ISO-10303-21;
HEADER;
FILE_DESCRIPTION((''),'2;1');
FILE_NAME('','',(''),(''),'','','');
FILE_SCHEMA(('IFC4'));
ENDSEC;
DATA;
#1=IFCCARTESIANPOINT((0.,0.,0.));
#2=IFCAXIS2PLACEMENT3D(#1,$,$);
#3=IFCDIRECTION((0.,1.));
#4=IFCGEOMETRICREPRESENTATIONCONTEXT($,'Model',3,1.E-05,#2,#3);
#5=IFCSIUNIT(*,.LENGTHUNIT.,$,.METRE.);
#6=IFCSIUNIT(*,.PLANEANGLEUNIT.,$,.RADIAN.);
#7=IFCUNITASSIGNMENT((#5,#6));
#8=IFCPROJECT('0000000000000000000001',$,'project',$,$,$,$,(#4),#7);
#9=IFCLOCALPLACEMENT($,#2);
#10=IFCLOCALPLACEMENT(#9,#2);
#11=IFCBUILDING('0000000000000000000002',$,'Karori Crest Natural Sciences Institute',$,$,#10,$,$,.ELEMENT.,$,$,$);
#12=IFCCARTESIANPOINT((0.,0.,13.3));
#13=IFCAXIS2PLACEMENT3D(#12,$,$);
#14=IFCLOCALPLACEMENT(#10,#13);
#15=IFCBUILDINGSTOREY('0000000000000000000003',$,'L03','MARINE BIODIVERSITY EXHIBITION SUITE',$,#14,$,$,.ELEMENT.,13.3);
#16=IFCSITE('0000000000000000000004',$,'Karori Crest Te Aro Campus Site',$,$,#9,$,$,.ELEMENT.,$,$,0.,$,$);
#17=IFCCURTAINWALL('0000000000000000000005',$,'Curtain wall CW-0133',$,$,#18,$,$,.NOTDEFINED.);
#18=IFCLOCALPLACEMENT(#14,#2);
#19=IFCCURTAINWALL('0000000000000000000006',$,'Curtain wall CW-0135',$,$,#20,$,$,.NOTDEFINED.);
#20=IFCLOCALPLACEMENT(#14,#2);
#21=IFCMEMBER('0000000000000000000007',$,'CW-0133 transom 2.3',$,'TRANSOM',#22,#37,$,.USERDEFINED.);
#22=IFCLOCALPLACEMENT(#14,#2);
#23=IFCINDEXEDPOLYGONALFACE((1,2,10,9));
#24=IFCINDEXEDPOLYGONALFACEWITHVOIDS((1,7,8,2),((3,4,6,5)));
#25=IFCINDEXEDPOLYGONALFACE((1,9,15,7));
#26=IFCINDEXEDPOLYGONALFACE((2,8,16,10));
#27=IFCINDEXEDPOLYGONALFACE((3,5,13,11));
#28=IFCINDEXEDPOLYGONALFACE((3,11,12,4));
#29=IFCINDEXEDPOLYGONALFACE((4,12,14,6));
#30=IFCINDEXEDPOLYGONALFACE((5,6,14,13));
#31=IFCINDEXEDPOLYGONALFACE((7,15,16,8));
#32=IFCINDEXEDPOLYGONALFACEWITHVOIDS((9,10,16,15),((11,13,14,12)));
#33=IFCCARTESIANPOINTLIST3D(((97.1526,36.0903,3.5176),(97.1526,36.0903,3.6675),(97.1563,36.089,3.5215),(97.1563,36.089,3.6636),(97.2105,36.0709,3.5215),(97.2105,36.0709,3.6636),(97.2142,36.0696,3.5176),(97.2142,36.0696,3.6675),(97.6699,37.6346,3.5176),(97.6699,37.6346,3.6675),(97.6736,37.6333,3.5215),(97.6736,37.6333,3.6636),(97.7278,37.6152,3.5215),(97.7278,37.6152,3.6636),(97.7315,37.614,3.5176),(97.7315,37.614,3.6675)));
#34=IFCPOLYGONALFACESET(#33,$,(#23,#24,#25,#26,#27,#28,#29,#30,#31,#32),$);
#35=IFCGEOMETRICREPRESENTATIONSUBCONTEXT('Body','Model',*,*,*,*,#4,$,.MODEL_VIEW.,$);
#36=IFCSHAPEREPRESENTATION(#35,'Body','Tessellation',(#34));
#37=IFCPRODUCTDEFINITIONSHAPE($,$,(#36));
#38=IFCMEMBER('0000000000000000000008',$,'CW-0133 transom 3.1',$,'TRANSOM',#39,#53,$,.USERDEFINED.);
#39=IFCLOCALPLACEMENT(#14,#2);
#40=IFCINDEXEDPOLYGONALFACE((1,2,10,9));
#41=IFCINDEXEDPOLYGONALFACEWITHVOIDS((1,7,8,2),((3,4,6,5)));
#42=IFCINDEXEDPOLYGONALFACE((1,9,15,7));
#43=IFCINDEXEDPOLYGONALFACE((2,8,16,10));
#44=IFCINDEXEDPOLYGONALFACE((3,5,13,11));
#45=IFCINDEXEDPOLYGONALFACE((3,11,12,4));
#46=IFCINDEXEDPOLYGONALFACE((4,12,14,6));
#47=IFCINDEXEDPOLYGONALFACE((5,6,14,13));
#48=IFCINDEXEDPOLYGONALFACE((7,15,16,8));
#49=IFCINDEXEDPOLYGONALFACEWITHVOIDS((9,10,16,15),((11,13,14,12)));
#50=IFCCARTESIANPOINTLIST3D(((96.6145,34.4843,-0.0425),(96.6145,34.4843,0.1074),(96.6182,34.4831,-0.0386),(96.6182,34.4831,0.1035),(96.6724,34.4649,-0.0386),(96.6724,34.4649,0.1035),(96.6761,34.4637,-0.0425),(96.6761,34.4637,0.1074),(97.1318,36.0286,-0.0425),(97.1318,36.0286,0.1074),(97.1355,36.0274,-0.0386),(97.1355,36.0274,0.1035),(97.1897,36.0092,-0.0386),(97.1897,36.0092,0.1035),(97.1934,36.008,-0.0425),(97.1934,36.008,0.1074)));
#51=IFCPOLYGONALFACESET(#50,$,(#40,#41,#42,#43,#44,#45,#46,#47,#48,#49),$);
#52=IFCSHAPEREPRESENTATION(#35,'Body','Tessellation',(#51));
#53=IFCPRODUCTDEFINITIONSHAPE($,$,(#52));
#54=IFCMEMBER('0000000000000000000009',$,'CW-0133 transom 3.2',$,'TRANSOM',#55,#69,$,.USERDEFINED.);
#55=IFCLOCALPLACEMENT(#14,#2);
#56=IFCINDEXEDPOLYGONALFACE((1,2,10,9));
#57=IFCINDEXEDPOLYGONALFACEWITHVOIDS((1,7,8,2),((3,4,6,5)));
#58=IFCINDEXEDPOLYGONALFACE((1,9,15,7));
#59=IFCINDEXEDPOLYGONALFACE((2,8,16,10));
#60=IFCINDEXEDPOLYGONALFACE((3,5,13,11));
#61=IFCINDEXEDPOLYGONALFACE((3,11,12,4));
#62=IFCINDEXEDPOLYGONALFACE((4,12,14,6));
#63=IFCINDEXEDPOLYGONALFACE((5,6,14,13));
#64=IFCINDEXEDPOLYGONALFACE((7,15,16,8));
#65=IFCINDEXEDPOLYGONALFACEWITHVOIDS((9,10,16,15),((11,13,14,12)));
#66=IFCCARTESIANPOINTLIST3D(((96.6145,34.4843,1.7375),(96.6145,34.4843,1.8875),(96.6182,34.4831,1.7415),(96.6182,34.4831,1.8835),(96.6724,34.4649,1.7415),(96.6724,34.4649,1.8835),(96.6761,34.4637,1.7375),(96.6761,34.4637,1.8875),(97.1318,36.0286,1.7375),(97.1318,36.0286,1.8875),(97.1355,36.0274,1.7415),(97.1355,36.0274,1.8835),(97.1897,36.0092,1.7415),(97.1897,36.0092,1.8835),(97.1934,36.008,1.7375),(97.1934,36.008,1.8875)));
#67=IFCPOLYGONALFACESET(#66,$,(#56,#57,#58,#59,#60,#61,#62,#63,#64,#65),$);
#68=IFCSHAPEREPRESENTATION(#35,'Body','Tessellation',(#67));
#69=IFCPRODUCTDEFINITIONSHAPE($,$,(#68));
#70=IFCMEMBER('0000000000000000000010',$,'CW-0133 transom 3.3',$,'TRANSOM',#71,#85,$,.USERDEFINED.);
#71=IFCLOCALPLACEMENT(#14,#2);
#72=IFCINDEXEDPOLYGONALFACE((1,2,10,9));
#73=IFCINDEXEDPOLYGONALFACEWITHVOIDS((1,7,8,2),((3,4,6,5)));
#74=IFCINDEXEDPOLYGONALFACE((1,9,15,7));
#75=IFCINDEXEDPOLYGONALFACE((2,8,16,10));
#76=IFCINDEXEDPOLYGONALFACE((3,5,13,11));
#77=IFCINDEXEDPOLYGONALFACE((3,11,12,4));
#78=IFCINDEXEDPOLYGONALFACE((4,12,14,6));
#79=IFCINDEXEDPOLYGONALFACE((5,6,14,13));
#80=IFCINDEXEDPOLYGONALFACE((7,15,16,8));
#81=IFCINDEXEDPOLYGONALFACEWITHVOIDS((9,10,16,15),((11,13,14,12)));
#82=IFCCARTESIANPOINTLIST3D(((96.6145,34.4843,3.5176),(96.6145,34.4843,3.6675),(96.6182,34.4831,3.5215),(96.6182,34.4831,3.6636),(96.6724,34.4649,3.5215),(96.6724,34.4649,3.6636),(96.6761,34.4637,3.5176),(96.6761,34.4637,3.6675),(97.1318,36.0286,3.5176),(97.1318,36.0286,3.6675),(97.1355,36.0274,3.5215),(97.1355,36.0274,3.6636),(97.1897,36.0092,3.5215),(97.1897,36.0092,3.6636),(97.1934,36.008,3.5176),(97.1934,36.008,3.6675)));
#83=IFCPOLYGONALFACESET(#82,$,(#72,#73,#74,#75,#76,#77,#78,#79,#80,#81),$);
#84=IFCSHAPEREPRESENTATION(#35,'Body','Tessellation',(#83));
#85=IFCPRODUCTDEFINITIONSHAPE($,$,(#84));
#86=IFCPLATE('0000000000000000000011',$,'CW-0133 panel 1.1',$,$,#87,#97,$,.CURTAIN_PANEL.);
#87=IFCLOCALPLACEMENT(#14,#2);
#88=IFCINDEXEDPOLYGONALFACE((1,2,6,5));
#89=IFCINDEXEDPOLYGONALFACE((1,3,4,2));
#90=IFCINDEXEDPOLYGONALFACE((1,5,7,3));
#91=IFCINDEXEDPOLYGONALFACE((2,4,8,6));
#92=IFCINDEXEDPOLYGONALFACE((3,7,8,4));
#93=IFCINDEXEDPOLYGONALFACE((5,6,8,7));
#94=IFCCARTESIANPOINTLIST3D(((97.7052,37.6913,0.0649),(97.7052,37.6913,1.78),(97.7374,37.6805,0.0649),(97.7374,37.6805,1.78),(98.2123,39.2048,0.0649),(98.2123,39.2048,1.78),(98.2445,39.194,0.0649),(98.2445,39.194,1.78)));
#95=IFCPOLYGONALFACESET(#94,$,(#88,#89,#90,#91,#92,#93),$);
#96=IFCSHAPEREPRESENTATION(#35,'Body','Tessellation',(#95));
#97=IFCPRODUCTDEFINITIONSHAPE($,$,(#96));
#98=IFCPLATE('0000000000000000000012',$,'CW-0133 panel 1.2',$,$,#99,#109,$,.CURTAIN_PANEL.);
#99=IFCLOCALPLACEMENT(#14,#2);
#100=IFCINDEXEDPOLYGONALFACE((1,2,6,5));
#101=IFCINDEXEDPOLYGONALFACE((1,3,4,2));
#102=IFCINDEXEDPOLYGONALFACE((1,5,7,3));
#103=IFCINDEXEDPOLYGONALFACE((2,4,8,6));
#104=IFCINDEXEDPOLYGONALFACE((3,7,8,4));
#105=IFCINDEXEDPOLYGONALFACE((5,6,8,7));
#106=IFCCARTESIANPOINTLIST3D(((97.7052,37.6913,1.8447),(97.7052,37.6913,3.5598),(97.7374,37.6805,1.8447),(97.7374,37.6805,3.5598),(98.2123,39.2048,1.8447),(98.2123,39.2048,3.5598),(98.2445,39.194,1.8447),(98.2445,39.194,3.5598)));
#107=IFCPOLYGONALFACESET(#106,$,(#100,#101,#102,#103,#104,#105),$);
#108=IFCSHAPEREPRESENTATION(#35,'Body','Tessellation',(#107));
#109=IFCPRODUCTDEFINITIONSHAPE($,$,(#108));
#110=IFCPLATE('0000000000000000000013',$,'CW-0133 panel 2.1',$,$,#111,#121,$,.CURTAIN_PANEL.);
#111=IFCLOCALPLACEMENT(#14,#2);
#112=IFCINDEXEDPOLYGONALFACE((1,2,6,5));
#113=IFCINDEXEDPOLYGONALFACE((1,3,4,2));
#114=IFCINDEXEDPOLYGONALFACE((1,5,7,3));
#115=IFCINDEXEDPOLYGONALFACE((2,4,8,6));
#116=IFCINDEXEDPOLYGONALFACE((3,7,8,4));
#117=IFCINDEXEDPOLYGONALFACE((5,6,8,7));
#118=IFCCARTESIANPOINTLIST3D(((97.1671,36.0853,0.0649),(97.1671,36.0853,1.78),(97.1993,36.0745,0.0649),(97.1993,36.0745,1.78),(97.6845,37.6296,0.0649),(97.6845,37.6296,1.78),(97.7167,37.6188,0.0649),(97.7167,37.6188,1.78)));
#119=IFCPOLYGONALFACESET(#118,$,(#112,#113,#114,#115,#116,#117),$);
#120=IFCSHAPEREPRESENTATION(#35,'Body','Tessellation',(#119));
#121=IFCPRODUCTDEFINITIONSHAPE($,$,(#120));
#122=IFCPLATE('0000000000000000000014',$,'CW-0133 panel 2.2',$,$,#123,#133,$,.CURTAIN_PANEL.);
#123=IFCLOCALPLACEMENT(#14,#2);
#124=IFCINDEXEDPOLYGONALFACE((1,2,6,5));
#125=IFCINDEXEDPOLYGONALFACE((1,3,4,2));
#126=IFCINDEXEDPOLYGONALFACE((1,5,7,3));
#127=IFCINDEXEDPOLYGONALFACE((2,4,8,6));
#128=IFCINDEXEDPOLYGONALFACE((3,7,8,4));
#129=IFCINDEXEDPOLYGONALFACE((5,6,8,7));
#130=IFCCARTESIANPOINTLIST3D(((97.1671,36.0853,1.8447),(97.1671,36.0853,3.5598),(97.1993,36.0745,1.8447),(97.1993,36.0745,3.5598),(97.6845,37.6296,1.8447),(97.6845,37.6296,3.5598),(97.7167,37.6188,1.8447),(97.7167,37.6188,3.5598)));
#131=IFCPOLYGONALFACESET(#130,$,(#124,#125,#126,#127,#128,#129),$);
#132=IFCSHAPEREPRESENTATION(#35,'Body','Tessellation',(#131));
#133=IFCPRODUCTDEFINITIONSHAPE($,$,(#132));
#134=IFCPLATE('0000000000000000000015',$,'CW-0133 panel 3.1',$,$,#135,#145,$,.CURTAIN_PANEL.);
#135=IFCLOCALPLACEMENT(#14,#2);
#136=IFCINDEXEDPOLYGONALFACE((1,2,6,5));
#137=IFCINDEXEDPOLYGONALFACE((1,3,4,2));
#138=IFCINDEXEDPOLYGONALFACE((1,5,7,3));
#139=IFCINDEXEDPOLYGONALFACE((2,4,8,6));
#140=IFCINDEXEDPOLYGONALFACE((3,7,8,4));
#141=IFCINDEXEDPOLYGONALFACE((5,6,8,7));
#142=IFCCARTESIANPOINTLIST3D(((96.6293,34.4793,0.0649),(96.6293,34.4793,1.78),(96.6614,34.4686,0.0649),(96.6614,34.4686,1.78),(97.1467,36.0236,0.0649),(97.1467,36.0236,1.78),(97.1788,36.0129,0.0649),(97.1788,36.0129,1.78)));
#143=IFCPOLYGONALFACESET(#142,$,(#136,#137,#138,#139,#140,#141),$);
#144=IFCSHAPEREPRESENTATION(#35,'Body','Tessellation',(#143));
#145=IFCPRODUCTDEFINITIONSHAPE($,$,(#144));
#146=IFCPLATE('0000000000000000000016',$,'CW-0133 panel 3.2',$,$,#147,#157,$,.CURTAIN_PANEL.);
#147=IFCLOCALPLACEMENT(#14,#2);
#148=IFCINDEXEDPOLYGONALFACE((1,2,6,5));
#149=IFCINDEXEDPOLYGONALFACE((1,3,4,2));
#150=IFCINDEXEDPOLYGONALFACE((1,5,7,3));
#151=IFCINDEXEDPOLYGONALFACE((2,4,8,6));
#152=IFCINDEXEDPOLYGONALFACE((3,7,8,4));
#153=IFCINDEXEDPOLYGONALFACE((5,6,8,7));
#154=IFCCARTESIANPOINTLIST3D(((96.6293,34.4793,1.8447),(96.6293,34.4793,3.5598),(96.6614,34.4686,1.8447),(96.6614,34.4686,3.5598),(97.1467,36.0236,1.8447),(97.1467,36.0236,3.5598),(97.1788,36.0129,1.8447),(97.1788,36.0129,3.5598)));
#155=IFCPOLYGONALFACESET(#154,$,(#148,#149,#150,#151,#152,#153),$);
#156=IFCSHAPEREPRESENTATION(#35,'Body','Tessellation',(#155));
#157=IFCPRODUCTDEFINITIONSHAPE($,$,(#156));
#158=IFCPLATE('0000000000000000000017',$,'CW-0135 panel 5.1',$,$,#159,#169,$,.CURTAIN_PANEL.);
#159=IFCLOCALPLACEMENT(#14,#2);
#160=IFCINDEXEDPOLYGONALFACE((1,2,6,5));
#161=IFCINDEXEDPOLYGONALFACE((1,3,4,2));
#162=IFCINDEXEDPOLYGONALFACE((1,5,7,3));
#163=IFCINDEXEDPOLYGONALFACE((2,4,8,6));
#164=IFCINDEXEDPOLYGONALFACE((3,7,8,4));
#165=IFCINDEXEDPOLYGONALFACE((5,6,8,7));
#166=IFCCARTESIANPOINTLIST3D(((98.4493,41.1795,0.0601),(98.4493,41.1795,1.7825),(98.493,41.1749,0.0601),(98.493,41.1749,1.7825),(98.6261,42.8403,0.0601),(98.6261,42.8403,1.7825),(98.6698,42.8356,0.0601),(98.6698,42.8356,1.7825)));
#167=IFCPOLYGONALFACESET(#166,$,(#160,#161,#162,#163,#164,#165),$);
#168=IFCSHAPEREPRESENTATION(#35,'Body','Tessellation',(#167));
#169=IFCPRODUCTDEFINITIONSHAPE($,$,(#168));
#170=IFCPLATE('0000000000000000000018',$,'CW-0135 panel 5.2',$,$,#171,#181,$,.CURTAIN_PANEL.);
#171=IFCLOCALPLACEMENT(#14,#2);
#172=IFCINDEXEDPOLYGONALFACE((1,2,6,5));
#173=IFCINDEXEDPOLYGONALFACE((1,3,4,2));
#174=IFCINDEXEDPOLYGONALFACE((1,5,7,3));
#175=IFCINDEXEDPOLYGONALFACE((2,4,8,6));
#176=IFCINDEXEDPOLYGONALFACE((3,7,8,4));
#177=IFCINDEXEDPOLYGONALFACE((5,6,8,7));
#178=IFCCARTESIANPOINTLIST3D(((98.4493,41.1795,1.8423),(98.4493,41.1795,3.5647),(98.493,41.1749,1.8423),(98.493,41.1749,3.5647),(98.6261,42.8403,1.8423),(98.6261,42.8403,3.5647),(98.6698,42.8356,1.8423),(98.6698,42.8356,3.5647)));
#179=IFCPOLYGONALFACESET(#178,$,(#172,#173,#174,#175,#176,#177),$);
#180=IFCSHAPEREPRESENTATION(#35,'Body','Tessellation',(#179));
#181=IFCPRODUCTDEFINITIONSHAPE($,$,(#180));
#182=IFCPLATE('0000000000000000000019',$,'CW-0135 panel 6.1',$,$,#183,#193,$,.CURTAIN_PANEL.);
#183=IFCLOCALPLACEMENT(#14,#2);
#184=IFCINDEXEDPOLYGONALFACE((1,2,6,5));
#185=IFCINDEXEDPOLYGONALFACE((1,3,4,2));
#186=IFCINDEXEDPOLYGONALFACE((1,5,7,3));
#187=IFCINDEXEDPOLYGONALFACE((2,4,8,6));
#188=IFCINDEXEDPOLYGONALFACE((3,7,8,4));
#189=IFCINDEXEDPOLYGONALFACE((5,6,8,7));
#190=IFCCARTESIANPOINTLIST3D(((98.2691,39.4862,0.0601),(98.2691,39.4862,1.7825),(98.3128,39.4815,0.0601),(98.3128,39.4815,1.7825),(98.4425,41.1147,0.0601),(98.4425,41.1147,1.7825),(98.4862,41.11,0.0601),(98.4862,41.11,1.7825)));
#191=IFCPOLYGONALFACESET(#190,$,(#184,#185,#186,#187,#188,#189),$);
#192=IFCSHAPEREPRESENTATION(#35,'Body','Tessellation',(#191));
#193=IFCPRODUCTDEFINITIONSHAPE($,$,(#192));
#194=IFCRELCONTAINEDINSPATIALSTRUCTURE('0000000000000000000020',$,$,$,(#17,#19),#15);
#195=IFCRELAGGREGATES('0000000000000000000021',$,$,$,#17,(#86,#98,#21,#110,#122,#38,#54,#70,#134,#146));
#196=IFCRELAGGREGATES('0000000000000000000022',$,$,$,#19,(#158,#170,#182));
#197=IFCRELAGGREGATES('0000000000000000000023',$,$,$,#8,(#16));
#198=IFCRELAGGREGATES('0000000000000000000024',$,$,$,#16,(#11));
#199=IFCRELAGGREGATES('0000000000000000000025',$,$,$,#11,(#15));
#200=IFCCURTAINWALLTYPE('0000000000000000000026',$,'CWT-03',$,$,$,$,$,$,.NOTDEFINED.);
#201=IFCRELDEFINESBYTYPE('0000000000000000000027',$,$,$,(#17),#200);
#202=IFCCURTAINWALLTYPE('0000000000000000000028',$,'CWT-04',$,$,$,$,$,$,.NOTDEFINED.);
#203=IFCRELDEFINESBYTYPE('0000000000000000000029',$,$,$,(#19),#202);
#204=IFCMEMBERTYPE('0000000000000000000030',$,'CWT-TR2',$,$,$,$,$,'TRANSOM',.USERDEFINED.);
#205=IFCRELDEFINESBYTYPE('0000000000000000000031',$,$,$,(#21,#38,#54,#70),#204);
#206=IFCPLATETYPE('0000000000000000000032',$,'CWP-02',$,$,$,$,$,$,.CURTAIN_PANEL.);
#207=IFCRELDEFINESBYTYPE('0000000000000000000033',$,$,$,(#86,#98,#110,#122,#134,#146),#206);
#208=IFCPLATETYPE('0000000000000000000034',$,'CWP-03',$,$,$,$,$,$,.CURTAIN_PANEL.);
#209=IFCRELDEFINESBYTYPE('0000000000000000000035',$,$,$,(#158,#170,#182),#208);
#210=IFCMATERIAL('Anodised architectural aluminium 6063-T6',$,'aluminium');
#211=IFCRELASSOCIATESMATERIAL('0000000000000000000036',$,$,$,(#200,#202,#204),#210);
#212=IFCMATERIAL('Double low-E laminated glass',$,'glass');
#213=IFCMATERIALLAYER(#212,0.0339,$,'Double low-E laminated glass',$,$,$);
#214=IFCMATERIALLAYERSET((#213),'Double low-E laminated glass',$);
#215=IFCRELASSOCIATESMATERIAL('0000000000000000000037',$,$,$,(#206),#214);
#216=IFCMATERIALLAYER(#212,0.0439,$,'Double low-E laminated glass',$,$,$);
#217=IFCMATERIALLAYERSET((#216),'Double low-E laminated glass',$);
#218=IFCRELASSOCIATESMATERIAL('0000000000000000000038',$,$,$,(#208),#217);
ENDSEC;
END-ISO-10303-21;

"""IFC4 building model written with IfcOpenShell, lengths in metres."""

from ifc_helpers import new_model, si_unit, direction, frame, origin, origin_2d, place, context, subcontext, project, spatial, rectangle, hollow_rectangle, extrude, material, layer, layer_set, material_profile, profile_set, type_object, element, aggregate, save


model = new_model("IFC4")

# Units and contexts
model_context = context("Model", 3, precision=1e-05, world=origin(), true_north=direction((0.0, 1.0)))
body_context = subcontext(model_context, "Body", "Model", "MODEL_VIEW")
ifc_project = project(units=[si_unit("LENGTHUNIT", "METRE"), si_unit("PLANEANGLEUNIT", "RADIAN")], contexts=[model_context])

# Site, building, storey
site_placement = place(None, origin())
site = spatial("IfcSite", under=ifc_project, at=site_placement, Name="Karori Crest Te Aro Campus Site", CompositionType="ELEMENT", RefElevation=0.0)
building_placement = place(site_placement, origin())
building = spatial("IfcBuilding", under=site, at=building_placement, Name="Karori Crest Natural Sciences Institute", CompositionType="ELEMENT")
storey_placement = place(building_placement, frame((0.0, 0.0, 13.3)))
storey = spatial("IfcBuildingStorey", under=building, at=storey_placement, Name="L03", Description="MARINE BIODIVERSITY EXHIBITION SUITE", CompositionType="ELEMENT", Elevation=13.3)

# Curtain walls
ifc_material_1 = material(Name="Anodised architectural aluminium 6063-T6", Category="aluminium")
curtain_wall_type_1 = type_object("IfcCurtainWallType", Name="CWT-03", PredefinedType="NOTDEFINED", material=ifc_material_1)
curtain_wall_1_placement = place(storey_placement, origin())
curtain_wall_1 = element("IfcCurtainWall", 1, at=curtain_wall_1_placement, inside=storey, type_object=curtain_wall_type_1, Name="Curtain wall CW-0133", PredefinedType="NOTDEFINED")
curtain_wall_type_2 = type_object("IfcCurtainWallType", Name="CWT-04", PredefinedType="NOTDEFINED", material=ifc_material_1)
curtain_wall_2_placement = place(storey_placement, origin())
curtain_wall_2 = element("IfcCurtainWall", 2, at=curtain_wall_2_placement, inside=storey, type_object=curtain_wall_type_2, Name="Curtain wall CW-0135", PredefinedType="NOTDEFINED")

# Members
ifc_material_profile_1 = material_profile(ifc_material_1, hollow_rectangle(XDim=0.0649, YDim=0.1499, WallThickness=0.0039, at=origin_2d()), Name="CWT150x65x4")
ifc_profile_set_1 = profile_set([ifc_material_profile_1], Name="Anodised architectural aluminium 6063-T6")
member_type_1 = type_object("IfcMemberType", Name="CWT-TR2", ElementType="TRANSOM", PredefinedType="USERDEFINED", material=ifc_profile_set_1)
member_1_placement = place(storey_placement, frame((97.7007, 37.6243, 3.5925), z_axis=(-0.317621, -0.948218, 0.0), x_axis=(0.948218, -0.317621, 0.0)))
member_1 = element("IfcMember", 3, at=member_1_placement, type_object=member_type_1, Name="CW-0133 transom 2.3", ObjectType="TRANSOM", PredefinedType="USERDEFINED", context=body_context, shape_type="SweptSolid", body=[
    extrude(hollow_rectangle(XDim=0.0649, YDim=0.1499, WallThickness=0.0039, at=origin_2d()), origin(), (0.0, 0.0, 1.0), 1.6287),
])
member_2_placement = place(storey_placement, frame((97.1626, 36.0183, 0.0325), z_axis=(-0.317621, -0.948218, 0.0), x_axis=(0.948218, -0.317621, 0.0)))
member_2 = element("IfcMember", 4, at=member_2_placement, type_object=member_type_1, Name="CW-0133 transom 3.1", ObjectType="TRANSOM", PredefinedType="USERDEFINED", context=body_context, shape_type="SweptSolid", body=[
    extrude(hollow_rectangle(XDim=0.0649, YDim=0.1499, WallThickness=0.0039, at=origin_2d()), origin(), (0.0, 0.0, 1.0), 1.6287),
])
member_3_placement = place(storey_placement, frame((97.1626, 36.0183, 1.8125), z_axis=(-0.317621, -0.948218, 0.0), x_axis=(0.948218, -0.317621, 0.0)))
member_3 = element("IfcMember", 5, at=member_3_placement, type_object=member_type_1, Name="CW-0133 transom 3.2", ObjectType="TRANSOM", PredefinedType="USERDEFINED", context=body_context, shape_type="SweptSolid", body=[
    extrude(hollow_rectangle(XDim=0.0649, YDim=0.1499, WallThickness=0.0039, at=origin_2d()), origin(), (0.0, 0.0, 1.0), 1.6287),
])
member_4_placement = place(storey_placement, frame((97.1626, 36.0183, 3.5925), z_axis=(-0.317621, -0.948218, 0.0), x_axis=(0.948218, -0.317621, 0.0)))
member_4 = element("IfcMember", 6, at=member_4_placement, type_object=member_type_1, Name="CW-0133 transom 3.3", ObjectType="TRANSOM", PredefinedType="USERDEFINED", context=body_context, shape_type="SweptSolid", body=[
    extrude(hollow_rectangle(XDim=0.0649, YDim=0.1499, WallThickness=0.0039, at=origin_2d()), origin(), (0.0, 0.0, 1.0), 1.6287),
])

# Plates
ifc_material_2 = material(Name="Double low-E laminated glass", Category="glass")
ifc_layer_1 = layer(ifc_material_2, 0.0339, Name="Double low-E laminated glass")
ifc_layer_set_1 = layer_set([ifc_layer_1], Name="Double low-E laminated glass")
plate_type_1 = type_object("IfcPlateType", Name="CWP-02", PredefinedType="CURTAIN_PANEL", material=ifc_layer_set_1)
plate_1_placement = place(storey_placement, frame((97.9749, 38.4426, 0.0649), z_axis=(0.0, 0.0, 1.0), x_axis=(-0.31768, -0.948198, 0.0)))
plate_1 = element("IfcPlate", 7, at=plate_1_placement, type_object=plate_type_1, Name="CW-0133 panel 1.1", PredefinedType="CURTAIN_PANEL", context=body_context, shape_type="SweptSolid", body=[
    extrude(rectangle(XDim=1.5962, YDim=0.0339, at=origin_2d()), origin(), (0.0, 0.0, 1.0), 1.7151),
])
plate_2_placement = place(storey_placement, frame((97.9749, 38.4426, 1.8447), z_axis=(0.0, 0.0, 1.0), x_axis=(-0.31768, -0.948198, 0.0)))
plate_2 = element("IfcPlate", 8, at=plate_2_placement, type_object=plate_type_1, Name="CW-0133 panel 1.2", PredefinedType="CURTAIN_PANEL", context=body_context, shape_type="SweptSolid", body=[
    extrude(rectangle(XDim=1.5962, YDim=0.0339, at=origin_2d()), origin(), (0.0, 0.0, 1.0), 1.7151),
])
plate_3_placement = place(storey_placement, frame((97.4419, 36.8521, 0.0649), z_axis=(0.0, 0.0, 1.0), x_axis=(-0.31768, -0.948198, 0.0)))
plate_3 = element("IfcPlate", 9, at=plate_3_placement, type_object=plate_type_1, Name="CW-0133 panel 2.1", PredefinedType="CURTAIN_PANEL", context=body_context, shape_type="SweptSolid", body=[
    extrude(rectangle(XDim=1.6287, YDim=0.0339, at=origin_2d()), origin(), (0.0, 0.0, 1.0), 1.7151),
])
plate_4_placement = place(storey_placement, frame((97.4419, 36.8521, 1.8447), z_axis=(0.0, 0.0, 1.0), x_axis=(-0.31768, -0.948198, 0.0)))
plate_4 = element("IfcPlate", 10, at=plate_4_placement, type_object=plate_type_1, Name="CW-0133 panel 2.2", PredefinedType="CURTAIN_PANEL", context=body_context, shape_type="SweptSolid", body=[
    extrude(rectangle(XDim=1.6287, YDim=0.0339, at=origin_2d()), origin(), (0.0, 0.0, 1.0), 1.7151),
])
plate_5_placement = place(storey_placement, frame((96.9041, 35.2461, 0.0649), z_axis=(0.0, 0.0, 1.0), x_axis=(-0.31768, -0.948198, 0.0)))
plate_5 = element("IfcPlate", 11, at=plate_5_placement, type_object=plate_type_1, Name="CW-0133 panel 3.1", PredefinedType="CURTAIN_PANEL", context=body_context, shape_type="SweptSolid", body=[
    extrude(rectangle(XDim=1.6287, YDim=0.0339, at=origin_2d()), origin(), (0.0, 0.0, 1.0), 1.7151),
])
plate_6_placement = place(storey_placement, frame((96.9041, 35.2461, 1.8447), z_axis=(0.0, 0.0, 1.0), x_axis=(-0.31768, -0.948198, 0.0)))
plate_6 = element("IfcPlate", 12, at=plate_6_placement, type_object=plate_type_1, Name="CW-0133 panel 3.2", PredefinedType="CURTAIN_PANEL", context=body_context, shape_type="SweptSolid", body=[
    extrude(rectangle(XDim=1.6287, YDim=0.0339, at=origin_2d()), origin(), (0.0, 0.0, 1.0), 1.7151),
])
aggregate(curtain_wall_1, [plate_1, plate_2, member_1, plate_3, plate_4, member_2, member_3, member_4, plate_5, plate_6])
ifc_layer_2 = layer(ifc_material_2, 0.0439, Name="Double low-E laminated glass")
ifc_layer_set_2 = layer_set([ifc_layer_2], Name="Double low-E laminated glass")
plate_type_2 = type_object("IfcPlateType", Name="CWP-03", PredefinedType="CURTAIN_PANEL", material=ifc_layer_set_2)
plate_7_placement = place(storey_placement, frame((98.5596, 42.0076, 0.0601), z_axis=(0.0, 0.0, 1.0), x_axis=(-0.105886, -0.994378, 0.0)))
plate_7 = element("IfcPlate", 13, at=plate_7_placement, type_object=plate_type_2, Name="CW-0135 panel 5.1", PredefinedType="CURTAIN_PANEL", context=body_context, shape_type="SweptSolid", body=[
    extrude(rectangle(XDim=1.6702, YDim=0.0439, at=origin_2d()), origin(), (0.0, 0.0, 1.0), 1.7224),
])
plate_8_placement = place(storey_placement, frame((98.5596, 42.0076, 1.8423), z_axis=(0.0, 0.0, 1.0), x_axis=(-0.105886, -0.994378, 0.0)))
plate_8 = element("IfcPlate", 14, at=plate_8_placement, type_object=plate_type_2, Name="CW-0135 panel 5.2", PredefinedType="CURTAIN_PANEL", context=body_context, shape_type="SweptSolid", body=[
    extrude(rectangle(XDim=1.6702, YDim=0.0439, at=origin_2d()), origin(), (0.0, 0.0, 1.0), 1.7224),
])
plate_9_placement = place(storey_placement, frame((98.3777, 40.2981, 0.0601), z_axis=(0.0, 0.0, 1.0), x_axis=(-0.105886, -0.994378, 0.0)))
plate_9 = element("IfcPlate", 15, at=plate_9_placement, type_object=plate_type_2, Name="CW-0135 panel 6.1", PredefinedType="CURTAIN_PANEL", context=body_context, shape_type="SweptSolid", body=[
    extrude(rectangle(XDim=1.6377, YDim=0.0439, at=origin_2d()), origin(), (0.0, 0.0, 1.0), 1.7224),
])
aggregate(curtain_wall_2, [plate_7, plate_8, plate_9])

save(model, "model.ifc")
